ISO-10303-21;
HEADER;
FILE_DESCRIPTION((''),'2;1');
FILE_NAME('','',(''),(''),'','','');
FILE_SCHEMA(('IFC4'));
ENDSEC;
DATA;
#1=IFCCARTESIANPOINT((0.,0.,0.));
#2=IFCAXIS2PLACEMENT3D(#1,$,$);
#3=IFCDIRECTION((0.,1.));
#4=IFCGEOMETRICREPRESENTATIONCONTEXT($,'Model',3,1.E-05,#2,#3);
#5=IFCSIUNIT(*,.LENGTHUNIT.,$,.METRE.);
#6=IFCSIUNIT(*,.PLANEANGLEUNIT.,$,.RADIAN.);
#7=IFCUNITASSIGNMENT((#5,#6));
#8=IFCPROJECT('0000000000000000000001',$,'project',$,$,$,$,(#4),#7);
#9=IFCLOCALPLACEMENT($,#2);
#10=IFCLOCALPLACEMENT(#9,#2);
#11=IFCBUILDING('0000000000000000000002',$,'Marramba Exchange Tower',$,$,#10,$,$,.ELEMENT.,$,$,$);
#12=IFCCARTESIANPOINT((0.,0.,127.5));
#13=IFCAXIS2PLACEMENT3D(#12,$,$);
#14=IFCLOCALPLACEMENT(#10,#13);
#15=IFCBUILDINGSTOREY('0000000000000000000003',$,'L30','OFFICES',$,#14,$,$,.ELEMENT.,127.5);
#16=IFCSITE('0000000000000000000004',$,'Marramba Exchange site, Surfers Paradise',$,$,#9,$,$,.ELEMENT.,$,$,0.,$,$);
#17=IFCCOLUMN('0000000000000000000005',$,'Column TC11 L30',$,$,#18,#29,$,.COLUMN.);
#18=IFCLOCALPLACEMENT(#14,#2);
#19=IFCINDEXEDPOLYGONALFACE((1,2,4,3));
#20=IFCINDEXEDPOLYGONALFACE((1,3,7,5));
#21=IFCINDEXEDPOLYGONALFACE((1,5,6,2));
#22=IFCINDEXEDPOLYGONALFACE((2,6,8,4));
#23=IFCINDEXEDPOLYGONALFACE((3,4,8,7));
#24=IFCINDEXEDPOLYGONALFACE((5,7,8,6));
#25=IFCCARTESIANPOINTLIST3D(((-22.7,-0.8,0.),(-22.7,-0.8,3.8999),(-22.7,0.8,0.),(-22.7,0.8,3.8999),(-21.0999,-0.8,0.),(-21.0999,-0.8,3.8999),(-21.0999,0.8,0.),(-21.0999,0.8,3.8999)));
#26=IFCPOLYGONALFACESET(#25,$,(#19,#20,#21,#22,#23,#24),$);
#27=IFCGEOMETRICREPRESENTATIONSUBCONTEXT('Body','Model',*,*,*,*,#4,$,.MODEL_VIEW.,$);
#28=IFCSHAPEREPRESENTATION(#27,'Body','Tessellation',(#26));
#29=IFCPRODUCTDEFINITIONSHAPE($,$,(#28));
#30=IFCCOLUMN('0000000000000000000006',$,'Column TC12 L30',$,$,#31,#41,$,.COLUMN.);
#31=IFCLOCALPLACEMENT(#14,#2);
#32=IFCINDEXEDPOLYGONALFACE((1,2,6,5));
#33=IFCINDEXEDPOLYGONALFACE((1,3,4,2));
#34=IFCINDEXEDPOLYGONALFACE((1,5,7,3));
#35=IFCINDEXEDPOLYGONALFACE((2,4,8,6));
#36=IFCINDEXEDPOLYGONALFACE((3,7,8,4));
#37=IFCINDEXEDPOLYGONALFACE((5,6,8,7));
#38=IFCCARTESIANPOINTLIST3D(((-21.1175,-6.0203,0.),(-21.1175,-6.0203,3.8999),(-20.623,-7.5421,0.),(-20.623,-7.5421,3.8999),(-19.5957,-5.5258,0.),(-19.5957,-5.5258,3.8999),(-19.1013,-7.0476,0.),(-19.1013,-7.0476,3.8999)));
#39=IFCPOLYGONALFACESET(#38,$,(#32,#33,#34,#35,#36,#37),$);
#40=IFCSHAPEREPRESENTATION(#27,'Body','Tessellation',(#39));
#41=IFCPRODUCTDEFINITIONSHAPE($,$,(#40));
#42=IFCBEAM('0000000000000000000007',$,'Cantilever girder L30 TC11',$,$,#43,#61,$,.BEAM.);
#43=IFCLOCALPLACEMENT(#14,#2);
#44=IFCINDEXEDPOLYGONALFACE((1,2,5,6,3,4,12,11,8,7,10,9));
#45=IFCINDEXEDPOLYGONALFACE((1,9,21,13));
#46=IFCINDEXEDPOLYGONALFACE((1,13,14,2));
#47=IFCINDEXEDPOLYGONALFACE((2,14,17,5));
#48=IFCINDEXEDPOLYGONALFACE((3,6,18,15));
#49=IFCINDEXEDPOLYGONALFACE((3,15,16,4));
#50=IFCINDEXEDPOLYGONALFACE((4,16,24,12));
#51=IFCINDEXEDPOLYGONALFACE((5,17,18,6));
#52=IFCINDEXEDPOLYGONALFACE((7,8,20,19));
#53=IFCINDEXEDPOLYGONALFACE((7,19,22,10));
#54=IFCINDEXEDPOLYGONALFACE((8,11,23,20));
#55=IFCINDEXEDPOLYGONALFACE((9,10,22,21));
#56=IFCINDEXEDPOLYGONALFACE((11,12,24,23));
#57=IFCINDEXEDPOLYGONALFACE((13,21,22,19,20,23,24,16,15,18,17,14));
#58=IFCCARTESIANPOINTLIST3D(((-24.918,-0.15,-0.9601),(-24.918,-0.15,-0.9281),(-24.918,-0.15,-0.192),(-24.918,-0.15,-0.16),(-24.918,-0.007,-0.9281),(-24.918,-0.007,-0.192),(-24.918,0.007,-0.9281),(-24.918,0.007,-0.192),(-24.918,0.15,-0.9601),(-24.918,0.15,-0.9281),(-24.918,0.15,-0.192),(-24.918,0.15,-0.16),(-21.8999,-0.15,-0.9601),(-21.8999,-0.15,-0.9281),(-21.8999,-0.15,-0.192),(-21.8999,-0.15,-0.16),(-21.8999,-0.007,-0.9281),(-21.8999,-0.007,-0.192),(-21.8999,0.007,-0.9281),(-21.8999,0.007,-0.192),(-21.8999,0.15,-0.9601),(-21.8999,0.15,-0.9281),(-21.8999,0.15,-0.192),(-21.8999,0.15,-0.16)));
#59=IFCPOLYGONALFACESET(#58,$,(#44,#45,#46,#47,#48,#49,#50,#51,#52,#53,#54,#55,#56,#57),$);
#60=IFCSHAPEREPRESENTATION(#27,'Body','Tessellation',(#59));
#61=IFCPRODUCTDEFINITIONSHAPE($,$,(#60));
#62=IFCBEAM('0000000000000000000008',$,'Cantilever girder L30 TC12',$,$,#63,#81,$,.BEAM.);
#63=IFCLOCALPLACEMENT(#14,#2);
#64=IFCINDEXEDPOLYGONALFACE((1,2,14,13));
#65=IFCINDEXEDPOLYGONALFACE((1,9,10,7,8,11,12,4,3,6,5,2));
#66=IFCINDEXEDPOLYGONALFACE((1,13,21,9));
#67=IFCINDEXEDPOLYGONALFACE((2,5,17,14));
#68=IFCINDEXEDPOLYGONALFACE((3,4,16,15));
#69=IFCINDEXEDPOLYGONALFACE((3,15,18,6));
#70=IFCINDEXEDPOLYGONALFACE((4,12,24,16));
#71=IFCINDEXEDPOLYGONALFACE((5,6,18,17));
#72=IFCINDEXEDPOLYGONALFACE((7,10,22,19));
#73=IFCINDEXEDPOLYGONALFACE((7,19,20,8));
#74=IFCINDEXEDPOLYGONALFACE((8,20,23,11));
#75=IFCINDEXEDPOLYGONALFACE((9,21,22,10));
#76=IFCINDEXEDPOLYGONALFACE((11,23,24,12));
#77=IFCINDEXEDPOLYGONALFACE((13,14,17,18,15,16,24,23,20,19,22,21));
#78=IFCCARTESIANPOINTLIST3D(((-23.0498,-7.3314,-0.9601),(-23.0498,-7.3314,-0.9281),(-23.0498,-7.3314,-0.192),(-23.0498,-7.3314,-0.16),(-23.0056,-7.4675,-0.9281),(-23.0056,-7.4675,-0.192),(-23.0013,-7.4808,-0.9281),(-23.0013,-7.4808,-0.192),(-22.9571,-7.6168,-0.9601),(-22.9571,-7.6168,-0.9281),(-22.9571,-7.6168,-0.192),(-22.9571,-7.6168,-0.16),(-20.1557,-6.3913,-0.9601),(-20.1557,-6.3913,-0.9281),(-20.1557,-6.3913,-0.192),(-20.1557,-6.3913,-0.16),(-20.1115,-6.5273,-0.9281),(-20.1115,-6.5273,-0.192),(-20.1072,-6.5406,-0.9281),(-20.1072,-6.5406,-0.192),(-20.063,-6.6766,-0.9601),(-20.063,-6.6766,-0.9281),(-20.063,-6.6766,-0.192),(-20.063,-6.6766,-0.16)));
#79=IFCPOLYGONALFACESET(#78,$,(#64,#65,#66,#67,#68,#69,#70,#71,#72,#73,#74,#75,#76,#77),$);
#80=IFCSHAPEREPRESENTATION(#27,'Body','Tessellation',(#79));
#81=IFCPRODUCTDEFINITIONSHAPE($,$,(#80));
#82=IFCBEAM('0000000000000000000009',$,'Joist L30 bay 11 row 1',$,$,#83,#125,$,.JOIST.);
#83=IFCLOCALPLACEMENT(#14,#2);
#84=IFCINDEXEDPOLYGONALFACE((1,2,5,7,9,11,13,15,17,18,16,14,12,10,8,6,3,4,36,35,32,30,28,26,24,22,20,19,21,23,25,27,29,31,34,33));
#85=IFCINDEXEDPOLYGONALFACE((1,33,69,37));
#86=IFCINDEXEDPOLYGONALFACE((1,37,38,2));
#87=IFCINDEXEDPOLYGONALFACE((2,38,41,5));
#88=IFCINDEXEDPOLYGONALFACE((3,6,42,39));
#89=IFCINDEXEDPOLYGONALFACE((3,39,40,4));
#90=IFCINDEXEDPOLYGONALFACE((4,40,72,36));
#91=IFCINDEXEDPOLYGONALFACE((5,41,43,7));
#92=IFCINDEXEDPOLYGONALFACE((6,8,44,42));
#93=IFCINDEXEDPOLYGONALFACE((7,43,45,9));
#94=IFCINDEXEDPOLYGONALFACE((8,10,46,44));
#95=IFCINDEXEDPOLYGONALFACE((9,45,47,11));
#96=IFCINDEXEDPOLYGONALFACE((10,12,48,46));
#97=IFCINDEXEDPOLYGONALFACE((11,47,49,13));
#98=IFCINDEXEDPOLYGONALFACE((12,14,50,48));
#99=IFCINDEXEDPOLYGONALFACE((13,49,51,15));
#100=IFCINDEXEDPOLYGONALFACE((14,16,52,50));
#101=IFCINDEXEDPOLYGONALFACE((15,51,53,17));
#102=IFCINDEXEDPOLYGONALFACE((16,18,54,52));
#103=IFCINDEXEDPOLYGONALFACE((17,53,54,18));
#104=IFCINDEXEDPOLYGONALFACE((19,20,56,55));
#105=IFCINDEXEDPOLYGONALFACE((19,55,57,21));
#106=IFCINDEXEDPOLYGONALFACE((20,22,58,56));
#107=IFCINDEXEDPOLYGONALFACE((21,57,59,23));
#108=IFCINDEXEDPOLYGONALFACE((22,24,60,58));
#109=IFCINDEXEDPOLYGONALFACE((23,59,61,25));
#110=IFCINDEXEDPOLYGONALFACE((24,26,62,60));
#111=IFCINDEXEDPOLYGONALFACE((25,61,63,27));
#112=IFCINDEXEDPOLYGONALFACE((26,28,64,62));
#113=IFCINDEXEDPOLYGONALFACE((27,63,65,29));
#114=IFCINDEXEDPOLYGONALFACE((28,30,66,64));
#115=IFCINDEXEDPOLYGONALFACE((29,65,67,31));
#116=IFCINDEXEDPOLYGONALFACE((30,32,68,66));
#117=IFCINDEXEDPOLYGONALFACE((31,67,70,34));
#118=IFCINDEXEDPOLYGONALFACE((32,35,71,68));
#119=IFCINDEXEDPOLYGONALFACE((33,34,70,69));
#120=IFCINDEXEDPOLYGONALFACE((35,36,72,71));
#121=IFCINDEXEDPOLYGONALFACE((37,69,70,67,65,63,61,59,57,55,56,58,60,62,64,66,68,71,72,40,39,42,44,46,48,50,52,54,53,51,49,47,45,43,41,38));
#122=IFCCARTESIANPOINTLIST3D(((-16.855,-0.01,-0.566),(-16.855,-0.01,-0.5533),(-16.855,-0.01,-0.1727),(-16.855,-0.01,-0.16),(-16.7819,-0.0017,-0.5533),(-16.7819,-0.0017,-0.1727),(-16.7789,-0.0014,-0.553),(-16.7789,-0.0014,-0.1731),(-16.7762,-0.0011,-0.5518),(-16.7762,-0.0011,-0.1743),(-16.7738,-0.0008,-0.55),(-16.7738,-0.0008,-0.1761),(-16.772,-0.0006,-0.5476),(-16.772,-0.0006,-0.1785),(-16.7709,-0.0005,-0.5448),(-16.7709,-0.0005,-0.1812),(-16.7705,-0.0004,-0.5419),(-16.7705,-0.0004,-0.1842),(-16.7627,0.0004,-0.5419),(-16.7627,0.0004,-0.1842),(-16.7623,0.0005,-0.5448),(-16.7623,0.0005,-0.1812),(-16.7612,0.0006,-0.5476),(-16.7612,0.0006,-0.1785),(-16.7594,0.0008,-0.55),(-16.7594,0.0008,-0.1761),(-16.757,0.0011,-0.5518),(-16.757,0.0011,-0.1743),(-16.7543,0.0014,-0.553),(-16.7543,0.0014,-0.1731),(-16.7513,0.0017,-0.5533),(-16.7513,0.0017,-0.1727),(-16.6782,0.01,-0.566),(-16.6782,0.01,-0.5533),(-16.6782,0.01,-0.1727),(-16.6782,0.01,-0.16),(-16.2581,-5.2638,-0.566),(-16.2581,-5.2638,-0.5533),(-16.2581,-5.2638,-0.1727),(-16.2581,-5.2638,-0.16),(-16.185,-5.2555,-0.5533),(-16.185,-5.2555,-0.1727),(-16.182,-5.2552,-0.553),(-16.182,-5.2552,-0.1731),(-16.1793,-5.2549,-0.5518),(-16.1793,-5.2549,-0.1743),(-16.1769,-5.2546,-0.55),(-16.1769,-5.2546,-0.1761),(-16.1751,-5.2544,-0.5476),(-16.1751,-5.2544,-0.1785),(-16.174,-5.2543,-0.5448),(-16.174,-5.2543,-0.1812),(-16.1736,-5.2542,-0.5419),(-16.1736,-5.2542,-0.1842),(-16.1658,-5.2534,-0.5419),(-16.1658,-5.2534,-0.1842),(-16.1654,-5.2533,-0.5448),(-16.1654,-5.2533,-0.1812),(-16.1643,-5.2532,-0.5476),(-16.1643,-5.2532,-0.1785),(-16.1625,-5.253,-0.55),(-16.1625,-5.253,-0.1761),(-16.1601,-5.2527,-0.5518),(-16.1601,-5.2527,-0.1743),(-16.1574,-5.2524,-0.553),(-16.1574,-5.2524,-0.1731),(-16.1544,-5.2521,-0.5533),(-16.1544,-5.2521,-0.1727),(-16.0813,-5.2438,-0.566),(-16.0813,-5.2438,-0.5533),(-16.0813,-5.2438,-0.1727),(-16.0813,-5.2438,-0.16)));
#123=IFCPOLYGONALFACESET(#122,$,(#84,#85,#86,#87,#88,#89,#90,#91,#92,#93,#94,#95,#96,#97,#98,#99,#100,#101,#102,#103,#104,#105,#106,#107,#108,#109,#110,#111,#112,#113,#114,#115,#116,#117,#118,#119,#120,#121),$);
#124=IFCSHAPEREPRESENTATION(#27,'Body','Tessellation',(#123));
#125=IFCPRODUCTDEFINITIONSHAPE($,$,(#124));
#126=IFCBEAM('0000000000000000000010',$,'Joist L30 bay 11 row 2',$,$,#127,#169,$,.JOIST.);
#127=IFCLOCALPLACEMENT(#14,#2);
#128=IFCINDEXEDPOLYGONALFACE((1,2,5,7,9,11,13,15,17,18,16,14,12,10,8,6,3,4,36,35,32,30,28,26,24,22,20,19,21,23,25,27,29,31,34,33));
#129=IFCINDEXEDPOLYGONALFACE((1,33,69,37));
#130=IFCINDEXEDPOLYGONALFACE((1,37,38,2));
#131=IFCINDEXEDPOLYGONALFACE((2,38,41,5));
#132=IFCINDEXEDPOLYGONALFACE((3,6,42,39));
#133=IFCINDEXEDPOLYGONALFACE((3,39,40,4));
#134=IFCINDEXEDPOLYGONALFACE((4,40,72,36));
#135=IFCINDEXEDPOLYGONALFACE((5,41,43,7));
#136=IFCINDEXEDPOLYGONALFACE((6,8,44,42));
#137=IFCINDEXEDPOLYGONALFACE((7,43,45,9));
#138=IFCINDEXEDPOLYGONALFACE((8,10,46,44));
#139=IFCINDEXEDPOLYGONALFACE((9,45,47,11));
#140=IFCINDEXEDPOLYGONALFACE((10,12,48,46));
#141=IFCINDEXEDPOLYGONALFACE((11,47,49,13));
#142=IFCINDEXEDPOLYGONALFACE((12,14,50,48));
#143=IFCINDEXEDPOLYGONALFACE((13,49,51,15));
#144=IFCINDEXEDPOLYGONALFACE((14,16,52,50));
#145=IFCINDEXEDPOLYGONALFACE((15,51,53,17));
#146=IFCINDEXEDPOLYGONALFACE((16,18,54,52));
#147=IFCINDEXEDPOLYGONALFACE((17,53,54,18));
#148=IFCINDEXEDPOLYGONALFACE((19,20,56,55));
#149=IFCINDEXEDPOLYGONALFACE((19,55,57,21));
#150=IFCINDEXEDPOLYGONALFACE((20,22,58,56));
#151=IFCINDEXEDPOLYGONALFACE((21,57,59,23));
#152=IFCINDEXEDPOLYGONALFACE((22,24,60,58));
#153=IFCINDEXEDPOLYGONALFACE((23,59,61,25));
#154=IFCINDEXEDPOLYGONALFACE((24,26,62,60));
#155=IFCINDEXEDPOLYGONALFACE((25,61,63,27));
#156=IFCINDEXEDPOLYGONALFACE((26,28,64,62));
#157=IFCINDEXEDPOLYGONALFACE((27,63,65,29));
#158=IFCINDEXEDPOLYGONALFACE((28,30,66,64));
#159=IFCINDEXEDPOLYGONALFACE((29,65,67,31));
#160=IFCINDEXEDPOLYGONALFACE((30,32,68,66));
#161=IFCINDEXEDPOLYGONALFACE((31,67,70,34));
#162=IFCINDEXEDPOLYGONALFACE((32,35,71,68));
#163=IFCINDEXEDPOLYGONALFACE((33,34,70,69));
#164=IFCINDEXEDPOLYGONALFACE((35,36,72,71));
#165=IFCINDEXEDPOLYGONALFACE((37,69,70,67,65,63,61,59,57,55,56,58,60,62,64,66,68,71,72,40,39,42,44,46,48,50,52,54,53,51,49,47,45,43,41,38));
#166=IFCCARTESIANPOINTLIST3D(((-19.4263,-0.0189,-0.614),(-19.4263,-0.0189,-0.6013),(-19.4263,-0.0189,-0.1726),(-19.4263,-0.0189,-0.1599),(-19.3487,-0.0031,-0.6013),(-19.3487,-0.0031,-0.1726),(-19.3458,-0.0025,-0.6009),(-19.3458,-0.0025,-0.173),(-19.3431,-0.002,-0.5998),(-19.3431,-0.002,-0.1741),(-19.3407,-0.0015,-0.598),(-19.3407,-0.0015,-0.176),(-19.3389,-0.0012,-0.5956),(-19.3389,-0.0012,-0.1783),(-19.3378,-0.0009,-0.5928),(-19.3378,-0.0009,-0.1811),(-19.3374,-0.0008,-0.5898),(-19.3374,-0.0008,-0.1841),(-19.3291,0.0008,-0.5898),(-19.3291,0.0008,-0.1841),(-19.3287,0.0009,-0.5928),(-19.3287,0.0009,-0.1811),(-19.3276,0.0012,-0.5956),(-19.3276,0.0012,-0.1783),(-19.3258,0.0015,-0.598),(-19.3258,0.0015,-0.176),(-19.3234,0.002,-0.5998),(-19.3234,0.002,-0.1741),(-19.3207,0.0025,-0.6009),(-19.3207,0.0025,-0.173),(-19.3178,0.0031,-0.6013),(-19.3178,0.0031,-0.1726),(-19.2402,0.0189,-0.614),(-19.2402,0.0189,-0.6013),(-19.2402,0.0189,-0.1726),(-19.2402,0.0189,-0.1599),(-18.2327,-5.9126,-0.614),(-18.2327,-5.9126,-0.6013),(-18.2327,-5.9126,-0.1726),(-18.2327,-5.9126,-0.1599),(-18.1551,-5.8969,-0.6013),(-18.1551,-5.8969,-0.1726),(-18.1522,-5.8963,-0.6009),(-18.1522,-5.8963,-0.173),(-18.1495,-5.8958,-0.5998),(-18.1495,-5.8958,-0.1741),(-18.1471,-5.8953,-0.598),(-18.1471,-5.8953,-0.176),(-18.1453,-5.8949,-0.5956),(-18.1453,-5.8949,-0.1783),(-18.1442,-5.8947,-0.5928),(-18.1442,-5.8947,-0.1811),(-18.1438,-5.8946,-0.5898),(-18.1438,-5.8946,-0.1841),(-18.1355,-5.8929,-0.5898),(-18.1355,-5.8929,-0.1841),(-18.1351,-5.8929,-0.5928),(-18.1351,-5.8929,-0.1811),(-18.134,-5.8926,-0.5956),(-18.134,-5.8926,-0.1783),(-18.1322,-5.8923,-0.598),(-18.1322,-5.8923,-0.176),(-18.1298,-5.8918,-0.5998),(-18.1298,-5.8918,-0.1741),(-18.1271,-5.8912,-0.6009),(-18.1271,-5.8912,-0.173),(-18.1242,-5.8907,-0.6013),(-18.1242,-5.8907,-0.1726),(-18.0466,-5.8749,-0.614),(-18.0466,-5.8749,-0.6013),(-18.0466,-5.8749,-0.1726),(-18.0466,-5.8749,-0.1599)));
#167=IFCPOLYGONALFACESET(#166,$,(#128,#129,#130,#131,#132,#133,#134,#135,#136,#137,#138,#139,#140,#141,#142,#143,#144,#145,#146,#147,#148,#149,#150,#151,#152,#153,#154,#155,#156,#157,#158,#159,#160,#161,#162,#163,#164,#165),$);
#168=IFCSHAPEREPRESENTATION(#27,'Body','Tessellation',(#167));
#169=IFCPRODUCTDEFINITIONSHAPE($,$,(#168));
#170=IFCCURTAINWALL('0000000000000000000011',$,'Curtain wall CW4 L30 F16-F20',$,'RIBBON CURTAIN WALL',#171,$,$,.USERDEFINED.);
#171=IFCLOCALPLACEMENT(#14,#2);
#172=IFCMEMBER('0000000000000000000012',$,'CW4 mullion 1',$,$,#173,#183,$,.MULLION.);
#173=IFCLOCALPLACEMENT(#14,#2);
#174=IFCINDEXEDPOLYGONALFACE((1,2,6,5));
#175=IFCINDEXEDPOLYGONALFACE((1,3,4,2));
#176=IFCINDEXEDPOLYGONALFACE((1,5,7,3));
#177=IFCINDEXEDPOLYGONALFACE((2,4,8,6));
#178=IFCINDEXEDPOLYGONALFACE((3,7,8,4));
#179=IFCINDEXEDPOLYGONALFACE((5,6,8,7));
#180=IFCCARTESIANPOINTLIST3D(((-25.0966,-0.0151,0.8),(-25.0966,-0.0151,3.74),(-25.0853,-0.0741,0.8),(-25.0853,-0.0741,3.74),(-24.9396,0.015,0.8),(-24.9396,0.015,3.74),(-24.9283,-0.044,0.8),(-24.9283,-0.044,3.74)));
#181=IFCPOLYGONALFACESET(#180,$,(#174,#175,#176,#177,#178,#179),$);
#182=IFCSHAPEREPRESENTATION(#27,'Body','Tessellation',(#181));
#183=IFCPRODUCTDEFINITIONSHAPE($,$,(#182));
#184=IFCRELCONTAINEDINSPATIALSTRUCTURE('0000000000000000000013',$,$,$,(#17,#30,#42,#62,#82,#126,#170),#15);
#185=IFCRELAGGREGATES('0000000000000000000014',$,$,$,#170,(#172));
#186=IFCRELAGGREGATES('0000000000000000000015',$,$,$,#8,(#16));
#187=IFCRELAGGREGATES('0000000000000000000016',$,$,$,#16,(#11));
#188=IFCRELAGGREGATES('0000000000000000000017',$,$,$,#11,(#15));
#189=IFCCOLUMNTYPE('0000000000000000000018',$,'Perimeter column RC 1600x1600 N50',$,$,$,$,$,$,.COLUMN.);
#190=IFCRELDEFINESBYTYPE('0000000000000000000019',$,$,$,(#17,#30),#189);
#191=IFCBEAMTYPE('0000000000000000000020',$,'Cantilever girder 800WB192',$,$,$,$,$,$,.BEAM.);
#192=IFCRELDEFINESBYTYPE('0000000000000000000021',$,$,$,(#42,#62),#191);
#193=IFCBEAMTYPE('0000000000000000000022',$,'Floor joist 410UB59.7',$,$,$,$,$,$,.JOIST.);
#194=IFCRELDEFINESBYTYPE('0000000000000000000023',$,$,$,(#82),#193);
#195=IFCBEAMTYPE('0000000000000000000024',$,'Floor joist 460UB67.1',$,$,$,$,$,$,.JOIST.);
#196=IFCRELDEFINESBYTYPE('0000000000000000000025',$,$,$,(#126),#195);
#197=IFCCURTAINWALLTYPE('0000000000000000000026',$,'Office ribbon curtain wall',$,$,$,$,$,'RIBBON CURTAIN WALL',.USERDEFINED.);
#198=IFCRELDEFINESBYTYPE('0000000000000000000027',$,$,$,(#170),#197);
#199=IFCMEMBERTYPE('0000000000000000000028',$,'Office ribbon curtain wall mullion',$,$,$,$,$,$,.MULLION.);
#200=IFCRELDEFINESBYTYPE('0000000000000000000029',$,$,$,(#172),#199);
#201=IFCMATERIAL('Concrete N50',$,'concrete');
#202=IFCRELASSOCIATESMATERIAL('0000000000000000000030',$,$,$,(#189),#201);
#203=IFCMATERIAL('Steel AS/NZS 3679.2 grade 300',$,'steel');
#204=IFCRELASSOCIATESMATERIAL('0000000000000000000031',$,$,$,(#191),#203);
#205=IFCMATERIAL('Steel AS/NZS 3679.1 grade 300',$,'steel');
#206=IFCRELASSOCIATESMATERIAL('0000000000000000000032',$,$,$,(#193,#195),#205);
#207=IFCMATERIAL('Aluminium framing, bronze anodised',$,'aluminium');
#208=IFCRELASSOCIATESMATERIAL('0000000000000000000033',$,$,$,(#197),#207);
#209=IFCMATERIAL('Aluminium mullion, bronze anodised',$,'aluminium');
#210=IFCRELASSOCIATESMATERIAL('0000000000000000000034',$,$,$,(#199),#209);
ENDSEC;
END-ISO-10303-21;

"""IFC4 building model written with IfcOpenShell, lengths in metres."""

from ifc_helpers import new_model, si_unit, direction, frame, origin, origin_2d, place, context, subcontext, project, spatial, rectangle, i_section, extrude, material, material_profile, profile_set, type_object, element, aggregate, save


model = new_model("IFC4")

# Units and contexts
model_context = context("Model", 3, precision=1e-05, world=origin(), true_north=direction((0.0, 1.0)))
body_context = subcontext(model_context, "Body", "Model", "MODEL_VIEW")
ifc_project = project(units=[si_unit("LENGTHUNIT", "METRE"), si_unit("PLANEANGLEUNIT", "RADIAN")], contexts=[model_context])

# Site, building, storey
site_placement = place(None, origin())
site = spatial("IfcSite", under=ifc_project, at=site_placement, Name="Marramba Exchange site, Surfers Paradise", CompositionType="ELEMENT", RefElevation=0.0)
building_placement = place(site_placement, origin())
building = spatial("IfcBuilding", under=site, at=building_placement, Name="Marramba Exchange Tower", CompositionType="ELEMENT")
storey_placement = place(building_placement, frame((0.0, 0.0, 127.5)))
storey = spatial("IfcBuildingStorey", under=building, at=storey_placement, Name="L30", Description="OFFICES", CompositionType="ELEMENT", Elevation=127.5)

# Columns
ifc_material_1 = material(Name="Concrete N50", Category="concrete")
ifc_material_profile_1 = material_profile(ifc_material_1, rectangle(XDim=1.6001, YDim=1.6001, at=origin_2d()), Name="RC 1600x1600")
ifc_profile_set_1 = profile_set([ifc_material_profile_1], Name="Concrete N50")
column_type = type_object("IfcColumnType", Name="Perimeter column RC 1600x1600 N50", PredefinedType="COLUMN", material=ifc_profile_set_1)
for number, where, z_axis, x_axis, name in (
    (1, (-21.8999, 0.0, 0.0), (0.0, 0.0, 1.0), (-1.0, 0.0, 0.0), "Column TC11 L30"),
    (2, (-20.1094, -6.5339, 0.0), (0.0, 0.0, 1.0), (-0.951057, -0.309017, 0.0), "Column TC12 L30"),
):
    element("IfcColumn", number, at=place(storey_placement, frame(where, z_axis=z_axis, x_axis=x_axis)), inside=storey, type_object=column_type, Name=name, PredefinedType="COLUMN", context=body_context, shape_type="SweptSolid", body=[
        extrude(rectangle(XDim=1.6001, YDim=1.6001, at=origin_2d()), origin(), (0.0, 0.0, 1.0), 3.8999),
    ])

# Beams
ifc_material_2 = material(Name="Steel AS/NZS 3679.2 grade 300", Category="steel")
ifc_material_profile_2 = material_profile(ifc_material_2, i_section(OverallWidth=0.3, OverallDepth=0.8, WebThickness=0.0139, FlangeThickness=0.032, at=origin_2d()), Name="800WB192")
ifc_profile_set_2 = profile_set([ifc_material_profile_2], Name="Steel AS/NZS 3679.2 grade 300")
beam_type_1 = type_object("IfcBeamType", Name="Cantilever girder 800WB192", PredefinedType="BEAM", material=ifc_profile_set_2)
beam_1_placement = place(storey_placement, frame((-21.8999, 0.0, -0.5601), z_axis=(-1.0, 0.0, 0.0), x_axis=(0.0, -1.0, 0.0)))
element("IfcBeam", 3, at=beam_1_placement, inside=storey, type_object=beam_type_1, Name="Cantilever girder L30 TC11", PredefinedType="BEAM", context=body_context, shape_type="SweptSolid", body=[
    extrude(i_section(OverallWidth=0.3, OverallDepth=0.8, WebThickness=0.0139, FlangeThickness=0.032, at=origin_2d()), origin(), (0.0, 0.0, 1.0), 3.0181),
])
beam_2_placement = place(storey_placement, frame((-20.1094, -6.5339, -0.5601), z_axis=(-0.951071, -0.308974, 0.0), x_axis=(0.308974, -0.951071, 0.0)))
element("IfcBeam", 4, at=beam_2_placement, inside=storey, type_object=beam_type_1, Name="Cantilever girder L30 TC12", PredefinedType="BEAM", context=body_context, shape_type="SweptSolid", body=[
    extrude(i_section(OverallWidth=0.3, OverallDepth=0.8, WebThickness=0.0139, FlangeThickness=0.032, at=origin_2d()), origin(), (0.0, 0.0, 1.0), 3.043),
])
ifc_material_3 = material(Name="Steel AS/NZS 3679.1 grade 300", Category="steel")
ifc_material_profile_3 = material_profile(ifc_material_3, i_section(OverallWidth=0.178, OverallDepth=0.406, WebThickness=0.0078, FlangeThickness=0.0127, FilletRadius=0.0115, at=origin_2d()), Name="410UB59.7")
ifc_profile_set_3 = profile_set([ifc_material_profile_3], Name="Steel AS/NZS 3679.1 grade 300")
beam_type_2 = type_object("IfcBeamType", Name="Floor joist 410UB59.7", PredefinedType="JOIST", material=ifc_profile_set_3)
beam_3_placement = place(storey_placement, frame((-16.7666, 0.0, -0.363), z_axis=(0.112889, -0.993608, 0.0), x_axis=(0.993608, 0.112889, 0.0)))
element("IfcBeam", 5, at=beam_3_placement, inside=storey, type_object=beam_type_2, Name="Joist L30 bay 11 row 1", PredefinedType="JOIST", context=body_context, shape_type="SweptSolid", body=[
    extrude(i_section(OverallWidth=0.178, OverallDepth=0.406, WebThickness=0.0078, FlangeThickness=0.0127, FilletRadius=0.0115, at=origin_2d()), origin(), (0.0, 0.0, 1.0), 5.2876),
])
ifc_material_profile_4 = material_profile(ifc_material_3, i_section(OverallWidth=0.1899, OverallDepth=0.4541, WebThickness=0.0085, FlangeThickness=0.0127, FilletRadius=0.0115, at=origin_2d()), Name="460UB67.1")
ifc_profile_set_4 = profile_set([ifc_material_profile_4], Name="Steel AS/NZS 3679.1 grade 300")
beam_type_3 = type_object("IfcBeamType", Name="Floor joist 460UB67.1", PredefinedType="JOIST", material=ifc_profile_set_4)
beam_4_placement = place(storey_placement, frame((-19.3333, 0.0, -0.387), z_axis=(0.198489, -0.980103, 0.0), x_axis=(0.980103, 0.198489, 0.0)))
element("IfcBeam", 6, at=beam_4_placement, inside=storey, type_object=beam_type_3, Name="Joist L30 bay 11 row 2", PredefinedType="JOIST", context=body_context, shape_type="SweptSolid", body=[
    extrude(i_section(OverallWidth=0.1899, OverallDepth=0.4541, WebThickness=0.0085, FlangeThickness=0.0127, FilletRadius=0.0115, at=origin_2d()), origin(), (0.0, 0.0, 1.0), 6.0134),
])

# Curtain wall, member
ifc_material_4 = material(Name="Aluminium framing, bronze anodised", Category="aluminium")
curtain_wall_type = type_object("IfcCurtainWallType", Name="Office ribbon curtain wall", ElementType="RIBBON CURTAIN WALL", PredefinedType="USERDEFINED", material=ifc_material_4)
curtain_wall_placement = place(storey_placement, origin())
curtain_wall = element("IfcCurtainWall", 7, at=curtain_wall_placement, inside=storey, type_object=curtain_wall_type, Name="Curtain wall CW4 L30 F16-F20", ObjectType="RIBBON CURTAIN WALL", PredefinedType="USERDEFINED")
ifc_material_5 = material(Name="Aluminium mullion, bronze anodised", Category="aluminium")
ifc_material_profile_5 = material_profile(ifc_material_5, rectangle(XDim=0.1599, YDim=0.0601, at=origin_2d()), Name="CW4 mullion 60x160")
ifc_profile_set_5 = profile_set([ifc_material_profile_5], Name="Aluminium mullion, bronze anodised")
member_type_1 = type_object("IfcMemberType", Name="Office ribbon curtain wall mullion", PredefinedType="MULLION", material=ifc_profile_set_5)
member_1_placement = place(storey_placement, frame((-25.0125, -0.0295, 0.8), z_axis=(0.0, 0.0, 1.0), x_axis=(0.982126, 0.188227, 0.0)))
member_1 = element("IfcMember", 8, at=member_1_placement, type_object=member_type_1, Name="CW4 mullion 1", PredefinedType="MULLION", context=body_context, shape_type="SweptSolid", body=[
    extrude(rectangle(XDim=0.1599, YDim=0.0601, at=origin_2d()), origin(), (0.0, 0.0, 1.0), 2.9399),
])

aggregate(curtain_wall, [member_1])

save(model, "model.ifc")
